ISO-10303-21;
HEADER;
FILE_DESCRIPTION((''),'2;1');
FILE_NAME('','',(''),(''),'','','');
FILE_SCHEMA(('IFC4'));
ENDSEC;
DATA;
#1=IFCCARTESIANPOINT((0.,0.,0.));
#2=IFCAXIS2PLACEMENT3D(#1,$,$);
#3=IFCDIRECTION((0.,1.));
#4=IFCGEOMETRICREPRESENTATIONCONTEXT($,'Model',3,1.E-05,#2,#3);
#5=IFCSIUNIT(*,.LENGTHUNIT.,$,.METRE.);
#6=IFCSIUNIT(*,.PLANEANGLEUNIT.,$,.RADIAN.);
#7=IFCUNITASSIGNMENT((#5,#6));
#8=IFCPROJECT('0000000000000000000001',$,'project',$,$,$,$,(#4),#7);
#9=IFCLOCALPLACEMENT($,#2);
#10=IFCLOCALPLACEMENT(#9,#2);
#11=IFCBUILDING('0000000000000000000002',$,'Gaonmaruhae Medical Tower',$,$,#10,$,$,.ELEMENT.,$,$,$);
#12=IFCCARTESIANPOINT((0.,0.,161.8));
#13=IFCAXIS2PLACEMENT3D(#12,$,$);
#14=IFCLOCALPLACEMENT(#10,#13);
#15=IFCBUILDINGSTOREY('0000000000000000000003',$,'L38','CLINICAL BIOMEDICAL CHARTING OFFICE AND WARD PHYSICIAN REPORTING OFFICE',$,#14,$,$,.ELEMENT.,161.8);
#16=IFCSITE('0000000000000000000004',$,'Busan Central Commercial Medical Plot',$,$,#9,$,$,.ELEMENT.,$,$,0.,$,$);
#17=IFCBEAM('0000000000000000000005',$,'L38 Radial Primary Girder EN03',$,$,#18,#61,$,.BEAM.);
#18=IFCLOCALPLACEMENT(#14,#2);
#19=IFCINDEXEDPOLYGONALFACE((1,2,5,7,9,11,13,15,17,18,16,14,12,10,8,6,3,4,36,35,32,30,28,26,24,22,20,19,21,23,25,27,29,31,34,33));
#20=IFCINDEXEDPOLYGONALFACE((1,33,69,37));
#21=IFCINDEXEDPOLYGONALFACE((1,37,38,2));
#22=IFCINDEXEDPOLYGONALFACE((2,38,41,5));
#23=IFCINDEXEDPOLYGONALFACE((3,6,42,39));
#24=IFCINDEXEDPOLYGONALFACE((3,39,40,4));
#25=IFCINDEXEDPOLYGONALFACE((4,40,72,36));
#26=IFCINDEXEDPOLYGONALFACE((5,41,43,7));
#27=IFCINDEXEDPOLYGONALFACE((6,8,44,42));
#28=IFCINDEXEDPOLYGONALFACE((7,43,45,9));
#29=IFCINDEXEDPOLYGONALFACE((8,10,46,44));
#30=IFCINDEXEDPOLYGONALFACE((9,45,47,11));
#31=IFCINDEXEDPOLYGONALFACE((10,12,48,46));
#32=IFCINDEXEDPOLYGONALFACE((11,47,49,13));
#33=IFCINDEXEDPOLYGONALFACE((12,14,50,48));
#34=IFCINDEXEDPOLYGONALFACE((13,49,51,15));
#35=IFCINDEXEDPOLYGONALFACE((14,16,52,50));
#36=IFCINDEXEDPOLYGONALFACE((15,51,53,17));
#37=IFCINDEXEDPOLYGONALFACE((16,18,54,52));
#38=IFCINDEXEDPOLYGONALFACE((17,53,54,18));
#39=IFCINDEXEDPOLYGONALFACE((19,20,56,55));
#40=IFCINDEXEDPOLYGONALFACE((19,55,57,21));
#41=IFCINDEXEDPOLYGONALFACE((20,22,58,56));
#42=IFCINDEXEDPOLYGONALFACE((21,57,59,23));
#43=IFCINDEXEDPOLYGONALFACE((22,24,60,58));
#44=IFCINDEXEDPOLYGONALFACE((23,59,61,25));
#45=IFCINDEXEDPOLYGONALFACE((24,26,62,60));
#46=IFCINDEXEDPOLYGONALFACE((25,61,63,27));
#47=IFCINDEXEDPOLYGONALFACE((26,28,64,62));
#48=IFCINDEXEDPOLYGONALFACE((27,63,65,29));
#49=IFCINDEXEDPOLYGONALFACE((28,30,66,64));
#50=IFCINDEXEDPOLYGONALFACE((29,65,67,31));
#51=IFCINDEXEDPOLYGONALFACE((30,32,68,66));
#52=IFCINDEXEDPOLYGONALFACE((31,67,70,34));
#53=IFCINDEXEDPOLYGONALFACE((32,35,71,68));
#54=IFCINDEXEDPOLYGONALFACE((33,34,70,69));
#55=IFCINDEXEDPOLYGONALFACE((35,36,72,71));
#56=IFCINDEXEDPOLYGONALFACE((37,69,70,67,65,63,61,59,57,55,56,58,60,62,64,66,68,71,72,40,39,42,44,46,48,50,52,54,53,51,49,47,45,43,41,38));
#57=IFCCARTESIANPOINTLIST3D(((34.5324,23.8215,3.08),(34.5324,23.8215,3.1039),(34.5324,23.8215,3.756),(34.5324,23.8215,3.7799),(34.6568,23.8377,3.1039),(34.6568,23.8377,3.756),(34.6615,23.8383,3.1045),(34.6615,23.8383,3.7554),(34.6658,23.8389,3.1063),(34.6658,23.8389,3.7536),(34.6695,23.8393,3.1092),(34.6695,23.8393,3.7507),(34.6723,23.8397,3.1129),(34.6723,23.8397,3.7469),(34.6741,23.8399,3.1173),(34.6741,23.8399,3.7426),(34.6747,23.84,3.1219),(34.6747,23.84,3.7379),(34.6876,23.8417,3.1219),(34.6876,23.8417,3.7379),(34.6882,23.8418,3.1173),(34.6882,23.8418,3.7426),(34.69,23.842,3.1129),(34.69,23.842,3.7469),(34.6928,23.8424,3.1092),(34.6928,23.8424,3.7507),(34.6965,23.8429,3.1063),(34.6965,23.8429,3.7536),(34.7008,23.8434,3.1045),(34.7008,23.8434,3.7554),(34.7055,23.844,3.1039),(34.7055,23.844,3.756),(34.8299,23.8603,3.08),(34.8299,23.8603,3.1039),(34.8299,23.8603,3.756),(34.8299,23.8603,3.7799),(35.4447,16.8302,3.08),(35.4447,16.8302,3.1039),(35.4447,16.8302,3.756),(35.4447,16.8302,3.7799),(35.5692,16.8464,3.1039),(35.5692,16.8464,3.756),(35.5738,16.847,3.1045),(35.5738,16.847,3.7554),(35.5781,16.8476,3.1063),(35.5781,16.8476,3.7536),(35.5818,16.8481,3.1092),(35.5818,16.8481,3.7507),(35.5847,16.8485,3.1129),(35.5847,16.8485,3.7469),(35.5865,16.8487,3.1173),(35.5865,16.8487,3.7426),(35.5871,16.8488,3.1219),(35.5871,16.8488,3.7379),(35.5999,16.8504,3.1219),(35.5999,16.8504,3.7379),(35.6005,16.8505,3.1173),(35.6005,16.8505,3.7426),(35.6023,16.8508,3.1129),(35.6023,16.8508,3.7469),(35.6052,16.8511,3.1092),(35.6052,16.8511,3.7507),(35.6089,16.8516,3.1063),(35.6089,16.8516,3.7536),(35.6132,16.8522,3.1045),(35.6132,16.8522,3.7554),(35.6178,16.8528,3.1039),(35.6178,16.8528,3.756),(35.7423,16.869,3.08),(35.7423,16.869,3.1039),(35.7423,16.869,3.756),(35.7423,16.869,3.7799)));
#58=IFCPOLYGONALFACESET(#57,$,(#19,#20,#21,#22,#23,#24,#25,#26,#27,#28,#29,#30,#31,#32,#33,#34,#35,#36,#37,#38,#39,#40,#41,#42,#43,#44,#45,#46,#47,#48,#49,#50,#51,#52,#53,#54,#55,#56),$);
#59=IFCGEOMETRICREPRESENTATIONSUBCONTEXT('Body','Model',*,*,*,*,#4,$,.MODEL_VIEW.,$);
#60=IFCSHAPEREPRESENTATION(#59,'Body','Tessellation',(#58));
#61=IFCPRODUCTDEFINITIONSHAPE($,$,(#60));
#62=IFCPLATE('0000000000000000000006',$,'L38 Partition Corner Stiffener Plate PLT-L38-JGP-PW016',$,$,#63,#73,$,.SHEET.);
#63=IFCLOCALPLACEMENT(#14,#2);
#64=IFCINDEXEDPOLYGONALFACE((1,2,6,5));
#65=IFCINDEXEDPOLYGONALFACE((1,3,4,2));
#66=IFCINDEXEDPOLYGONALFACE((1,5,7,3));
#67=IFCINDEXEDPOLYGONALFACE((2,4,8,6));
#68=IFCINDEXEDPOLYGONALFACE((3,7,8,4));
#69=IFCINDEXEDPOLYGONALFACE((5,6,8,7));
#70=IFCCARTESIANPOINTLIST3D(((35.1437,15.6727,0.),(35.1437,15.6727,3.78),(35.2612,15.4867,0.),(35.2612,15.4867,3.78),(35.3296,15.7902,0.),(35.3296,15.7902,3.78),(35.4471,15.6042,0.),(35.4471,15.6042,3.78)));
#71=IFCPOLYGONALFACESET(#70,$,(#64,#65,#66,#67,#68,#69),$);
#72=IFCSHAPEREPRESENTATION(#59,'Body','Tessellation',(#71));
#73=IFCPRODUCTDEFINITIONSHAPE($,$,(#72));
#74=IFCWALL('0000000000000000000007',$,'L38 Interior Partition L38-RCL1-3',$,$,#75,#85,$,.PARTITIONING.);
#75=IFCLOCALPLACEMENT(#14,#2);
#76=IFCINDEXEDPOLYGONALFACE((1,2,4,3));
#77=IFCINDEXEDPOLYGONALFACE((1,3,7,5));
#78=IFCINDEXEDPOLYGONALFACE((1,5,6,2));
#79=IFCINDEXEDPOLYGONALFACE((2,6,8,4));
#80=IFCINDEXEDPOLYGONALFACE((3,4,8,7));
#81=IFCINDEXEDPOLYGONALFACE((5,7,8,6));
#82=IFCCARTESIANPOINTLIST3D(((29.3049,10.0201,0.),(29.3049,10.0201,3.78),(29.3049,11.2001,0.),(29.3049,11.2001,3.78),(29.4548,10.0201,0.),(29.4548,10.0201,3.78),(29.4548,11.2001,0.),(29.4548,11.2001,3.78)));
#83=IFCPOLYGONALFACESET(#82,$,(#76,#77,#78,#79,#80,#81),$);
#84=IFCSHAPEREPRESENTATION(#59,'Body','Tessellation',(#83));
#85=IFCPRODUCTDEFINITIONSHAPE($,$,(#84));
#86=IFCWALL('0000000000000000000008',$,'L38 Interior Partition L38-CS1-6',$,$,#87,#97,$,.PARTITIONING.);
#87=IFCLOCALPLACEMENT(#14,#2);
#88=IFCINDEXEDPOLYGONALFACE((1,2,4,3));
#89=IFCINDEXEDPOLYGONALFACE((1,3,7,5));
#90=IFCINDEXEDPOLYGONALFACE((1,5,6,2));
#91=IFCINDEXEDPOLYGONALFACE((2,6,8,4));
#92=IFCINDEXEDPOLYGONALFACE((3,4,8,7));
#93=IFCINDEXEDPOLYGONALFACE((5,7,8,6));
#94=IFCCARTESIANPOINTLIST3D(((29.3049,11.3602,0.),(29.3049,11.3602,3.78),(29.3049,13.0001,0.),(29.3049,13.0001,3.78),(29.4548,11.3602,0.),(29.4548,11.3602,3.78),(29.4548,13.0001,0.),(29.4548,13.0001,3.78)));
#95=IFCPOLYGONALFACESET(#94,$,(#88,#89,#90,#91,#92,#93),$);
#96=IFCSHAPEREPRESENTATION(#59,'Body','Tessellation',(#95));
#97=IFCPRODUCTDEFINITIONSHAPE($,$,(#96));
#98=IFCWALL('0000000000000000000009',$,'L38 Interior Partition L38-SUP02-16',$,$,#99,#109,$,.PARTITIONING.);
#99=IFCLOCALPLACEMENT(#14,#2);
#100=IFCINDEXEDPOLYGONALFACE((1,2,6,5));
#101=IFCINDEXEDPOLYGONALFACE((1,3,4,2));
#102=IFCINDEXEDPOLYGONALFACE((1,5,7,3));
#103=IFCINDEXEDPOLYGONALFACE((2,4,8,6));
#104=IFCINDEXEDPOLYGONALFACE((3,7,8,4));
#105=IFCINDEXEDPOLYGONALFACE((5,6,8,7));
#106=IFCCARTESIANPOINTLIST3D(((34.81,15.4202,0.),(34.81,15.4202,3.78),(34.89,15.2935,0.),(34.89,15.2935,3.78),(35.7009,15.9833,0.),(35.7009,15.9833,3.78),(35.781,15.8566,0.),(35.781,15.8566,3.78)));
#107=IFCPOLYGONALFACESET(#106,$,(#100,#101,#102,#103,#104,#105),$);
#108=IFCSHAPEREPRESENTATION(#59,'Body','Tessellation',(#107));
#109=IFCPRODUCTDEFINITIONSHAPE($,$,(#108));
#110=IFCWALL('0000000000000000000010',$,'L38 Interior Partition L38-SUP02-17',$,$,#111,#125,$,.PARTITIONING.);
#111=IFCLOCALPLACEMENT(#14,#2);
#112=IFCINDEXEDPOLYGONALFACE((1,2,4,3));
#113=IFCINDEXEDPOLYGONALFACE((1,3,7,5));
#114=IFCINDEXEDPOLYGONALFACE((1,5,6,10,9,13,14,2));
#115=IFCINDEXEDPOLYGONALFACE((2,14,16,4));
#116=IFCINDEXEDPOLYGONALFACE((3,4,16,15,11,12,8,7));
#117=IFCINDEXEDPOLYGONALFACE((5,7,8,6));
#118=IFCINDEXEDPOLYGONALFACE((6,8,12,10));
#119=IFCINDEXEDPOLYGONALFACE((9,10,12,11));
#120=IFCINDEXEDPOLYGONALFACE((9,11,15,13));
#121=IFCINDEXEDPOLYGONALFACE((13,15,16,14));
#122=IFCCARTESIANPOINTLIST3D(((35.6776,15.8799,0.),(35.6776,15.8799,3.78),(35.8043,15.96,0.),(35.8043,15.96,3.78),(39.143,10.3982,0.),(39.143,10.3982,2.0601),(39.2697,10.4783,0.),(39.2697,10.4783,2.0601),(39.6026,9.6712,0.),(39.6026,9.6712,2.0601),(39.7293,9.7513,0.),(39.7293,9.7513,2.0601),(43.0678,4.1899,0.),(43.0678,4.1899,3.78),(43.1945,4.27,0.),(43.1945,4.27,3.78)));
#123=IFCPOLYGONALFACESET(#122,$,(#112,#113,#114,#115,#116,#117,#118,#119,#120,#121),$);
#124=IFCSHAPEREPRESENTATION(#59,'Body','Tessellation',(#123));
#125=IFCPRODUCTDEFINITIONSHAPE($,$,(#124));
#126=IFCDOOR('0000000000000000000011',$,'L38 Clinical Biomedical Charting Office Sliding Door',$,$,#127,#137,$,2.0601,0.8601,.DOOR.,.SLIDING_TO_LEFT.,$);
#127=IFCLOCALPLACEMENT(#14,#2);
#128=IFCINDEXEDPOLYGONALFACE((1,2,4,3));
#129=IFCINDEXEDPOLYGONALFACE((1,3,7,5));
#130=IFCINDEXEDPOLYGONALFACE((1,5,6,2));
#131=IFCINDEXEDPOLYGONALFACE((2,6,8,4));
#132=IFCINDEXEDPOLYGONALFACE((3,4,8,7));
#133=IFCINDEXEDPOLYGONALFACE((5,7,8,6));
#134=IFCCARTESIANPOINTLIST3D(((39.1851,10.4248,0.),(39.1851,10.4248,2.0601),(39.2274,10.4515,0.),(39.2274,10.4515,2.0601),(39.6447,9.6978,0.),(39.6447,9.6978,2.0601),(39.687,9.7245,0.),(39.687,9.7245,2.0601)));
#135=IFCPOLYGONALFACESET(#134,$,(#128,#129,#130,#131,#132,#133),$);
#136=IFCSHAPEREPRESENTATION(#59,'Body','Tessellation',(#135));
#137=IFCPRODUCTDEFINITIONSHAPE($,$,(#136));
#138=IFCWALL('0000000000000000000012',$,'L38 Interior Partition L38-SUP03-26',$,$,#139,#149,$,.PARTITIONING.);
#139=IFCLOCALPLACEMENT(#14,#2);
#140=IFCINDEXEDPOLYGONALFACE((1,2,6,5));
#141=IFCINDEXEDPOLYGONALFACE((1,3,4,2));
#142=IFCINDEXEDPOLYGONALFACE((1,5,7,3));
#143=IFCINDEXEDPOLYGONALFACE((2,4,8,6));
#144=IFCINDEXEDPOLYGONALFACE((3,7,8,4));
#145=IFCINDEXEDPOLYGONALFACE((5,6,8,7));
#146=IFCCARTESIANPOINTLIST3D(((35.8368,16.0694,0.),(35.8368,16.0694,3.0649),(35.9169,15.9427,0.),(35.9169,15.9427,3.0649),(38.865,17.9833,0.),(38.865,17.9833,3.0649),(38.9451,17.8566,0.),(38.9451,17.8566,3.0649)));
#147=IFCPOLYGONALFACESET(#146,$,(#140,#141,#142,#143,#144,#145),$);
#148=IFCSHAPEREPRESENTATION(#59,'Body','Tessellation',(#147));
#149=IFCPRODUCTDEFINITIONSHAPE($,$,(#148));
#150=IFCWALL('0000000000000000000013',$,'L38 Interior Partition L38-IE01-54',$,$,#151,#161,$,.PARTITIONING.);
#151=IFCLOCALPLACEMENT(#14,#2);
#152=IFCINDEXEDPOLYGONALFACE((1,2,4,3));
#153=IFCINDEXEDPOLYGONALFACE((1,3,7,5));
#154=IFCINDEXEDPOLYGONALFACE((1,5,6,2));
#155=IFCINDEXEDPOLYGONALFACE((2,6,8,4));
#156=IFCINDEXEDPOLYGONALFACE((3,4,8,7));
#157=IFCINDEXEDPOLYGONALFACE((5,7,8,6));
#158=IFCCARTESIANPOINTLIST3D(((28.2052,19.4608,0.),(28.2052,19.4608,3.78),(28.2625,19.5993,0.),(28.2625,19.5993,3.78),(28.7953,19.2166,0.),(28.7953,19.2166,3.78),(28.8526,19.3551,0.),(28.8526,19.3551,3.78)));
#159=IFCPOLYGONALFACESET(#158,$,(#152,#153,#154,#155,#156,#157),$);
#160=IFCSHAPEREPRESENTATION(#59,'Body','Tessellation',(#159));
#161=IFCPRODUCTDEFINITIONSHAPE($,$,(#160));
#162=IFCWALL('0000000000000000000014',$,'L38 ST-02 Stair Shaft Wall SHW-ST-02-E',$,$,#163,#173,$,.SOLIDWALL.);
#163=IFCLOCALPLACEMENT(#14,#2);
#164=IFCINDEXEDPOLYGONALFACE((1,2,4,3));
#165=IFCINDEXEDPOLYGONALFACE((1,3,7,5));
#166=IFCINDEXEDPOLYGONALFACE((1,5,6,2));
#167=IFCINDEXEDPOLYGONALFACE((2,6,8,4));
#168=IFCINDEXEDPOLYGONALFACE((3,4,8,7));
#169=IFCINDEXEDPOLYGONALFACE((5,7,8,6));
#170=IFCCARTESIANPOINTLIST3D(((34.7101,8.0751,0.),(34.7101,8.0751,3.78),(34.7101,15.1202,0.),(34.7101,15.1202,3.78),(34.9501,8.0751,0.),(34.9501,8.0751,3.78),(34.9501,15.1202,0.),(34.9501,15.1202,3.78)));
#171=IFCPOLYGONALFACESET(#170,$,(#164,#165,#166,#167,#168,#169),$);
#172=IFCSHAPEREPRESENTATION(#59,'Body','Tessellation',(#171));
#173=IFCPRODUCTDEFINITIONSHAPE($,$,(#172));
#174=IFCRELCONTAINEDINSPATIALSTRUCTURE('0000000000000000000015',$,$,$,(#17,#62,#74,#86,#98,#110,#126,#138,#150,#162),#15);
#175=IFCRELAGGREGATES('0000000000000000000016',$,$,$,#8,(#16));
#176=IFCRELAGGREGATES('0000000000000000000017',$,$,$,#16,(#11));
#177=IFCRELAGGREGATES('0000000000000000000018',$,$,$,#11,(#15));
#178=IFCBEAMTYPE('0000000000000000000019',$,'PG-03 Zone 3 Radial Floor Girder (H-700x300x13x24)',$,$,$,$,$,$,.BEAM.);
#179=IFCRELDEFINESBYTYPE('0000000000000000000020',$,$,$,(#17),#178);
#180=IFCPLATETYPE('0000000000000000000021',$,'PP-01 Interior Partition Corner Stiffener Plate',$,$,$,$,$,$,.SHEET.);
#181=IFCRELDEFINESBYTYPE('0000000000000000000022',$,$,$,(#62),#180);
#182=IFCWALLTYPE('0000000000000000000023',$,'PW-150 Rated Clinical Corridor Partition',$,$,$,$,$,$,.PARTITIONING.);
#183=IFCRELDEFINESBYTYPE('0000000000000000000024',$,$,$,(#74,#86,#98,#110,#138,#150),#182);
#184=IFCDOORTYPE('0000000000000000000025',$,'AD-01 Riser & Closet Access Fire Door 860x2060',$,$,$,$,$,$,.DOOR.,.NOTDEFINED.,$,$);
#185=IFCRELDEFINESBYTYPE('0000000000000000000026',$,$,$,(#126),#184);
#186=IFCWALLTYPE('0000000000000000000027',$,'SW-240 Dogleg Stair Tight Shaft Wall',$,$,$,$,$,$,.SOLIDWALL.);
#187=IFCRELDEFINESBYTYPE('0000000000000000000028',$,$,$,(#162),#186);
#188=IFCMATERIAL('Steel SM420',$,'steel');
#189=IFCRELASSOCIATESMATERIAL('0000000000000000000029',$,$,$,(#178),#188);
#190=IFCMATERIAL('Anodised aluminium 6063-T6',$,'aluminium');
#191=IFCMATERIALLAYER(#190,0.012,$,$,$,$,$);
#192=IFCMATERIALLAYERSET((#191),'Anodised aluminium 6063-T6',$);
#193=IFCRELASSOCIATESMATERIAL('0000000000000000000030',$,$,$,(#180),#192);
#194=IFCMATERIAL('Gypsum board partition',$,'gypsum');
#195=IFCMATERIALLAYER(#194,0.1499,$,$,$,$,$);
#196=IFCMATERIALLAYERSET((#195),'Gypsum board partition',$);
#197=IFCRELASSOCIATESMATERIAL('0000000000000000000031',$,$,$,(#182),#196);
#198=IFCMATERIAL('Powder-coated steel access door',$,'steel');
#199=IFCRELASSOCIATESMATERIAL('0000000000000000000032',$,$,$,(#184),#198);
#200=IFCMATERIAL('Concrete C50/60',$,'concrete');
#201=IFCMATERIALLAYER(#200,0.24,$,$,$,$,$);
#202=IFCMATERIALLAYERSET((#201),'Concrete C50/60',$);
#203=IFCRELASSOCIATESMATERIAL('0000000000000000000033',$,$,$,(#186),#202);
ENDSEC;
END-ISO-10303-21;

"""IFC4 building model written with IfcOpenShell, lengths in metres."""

from ifc_helpers import new_model, si_unit, direction, frame, frame_2d, origin, origin_2d, place, context, subcontext, project, spatial, rectangle, i_section, extrude, material, layer, layer_set, material_profile, profile_set, type_object, element, fill, save


model = new_model("IFC4")

# Units and contexts
model_context = context("Model", 3, precision=1e-05, world=origin(), true_north=direction((0.0, 1.0)))
body_context = subcontext(model_context, "Body", "Model", "MODEL_VIEW")
ifc_project = project(units=[si_unit("LENGTHUNIT", "METRE"), si_unit("PLANEANGLEUNIT", "RADIAN")], contexts=[model_context])

# Site, building, storey
site_placement = place(None, origin())
site = spatial("IfcSite", under=ifc_project, at=site_placement, Name="Busan Central Commercial Medical Plot", CompositionType="ELEMENT", RefElevation=0.0)
building_placement = place(site_placement, origin())
building = spatial("IfcBuilding", under=site, at=building_placement, Name="Gaonmaruhae Medical Tower", CompositionType="ELEMENT")
storey_placement = place(building_placement, frame((0.0, 0.0, 161.8)))
storey = spatial("IfcBuildingStorey", under=building, at=storey_placement, Name="L38", Description="CLINICAL BIOMEDICAL CHARTING OFFICE AND WARD PHYSICIAN REPORTING OFFICE", CompositionType="ELEMENT", Elevation=161.8)

# Shared definitions
ifc_material_1 = material(Name="Concrete C50/60", Category="concrete")

# Beam
ifc_material_2 = material(Name="Steel SM420", Category="steel")
ifc_material_profile_1 = material_profile(ifc_material_2, i_section(OverallWidth=0.3, OverallDepth=0.7, WebThickness=0.0129, FlangeThickness=0.0239, FilletRadius=0.0181, at=origin_2d()), Name="H-700x300x13x24")
ifc_profile_set_1 = profile_set([ifc_material_profile_1], Name="Steel SM420")
beam_type = type_object("IfcBeamType", Name="PG-03 Zone 3 Radial Floor Girder (H-700x300x13x24)", PredefinedType="BEAM", material=ifc_profile_set_1)
beam_1_placement = place(storey_placement, frame((35.5935, 16.8496, 3.4299), z_axis=(-0.129403, 0.991592, 0.0), x_axis=(-0.991592, -0.129403, 0.0)))
element("IfcBeam", 1, at=beam_1_placement, inside=storey, type_object=beam_type, Name="L38 Radial Primary Girder EN03", PredefinedType="BEAM", context=body_context, shape_type="SweptSolid", body=[
    extrude(i_section(OverallWidth=0.3, OverallDepth=0.7, WebThickness=0.0129, FlangeThickness=0.0239, FilletRadius=0.0181, at=origin_2d()), origin(), (0.0, 0.0, 1.0), 7.0505),
])

# Plate
ifc_material_3 = material(Name="Anodised aluminium 6063-T6", Category="aluminium")
ifc_layer_1 = layer(ifc_material_3, 0.012)
ifc_layer_set_1 = layer_set([ifc_layer_1], Name="Anodised aluminium 6063-T6")
plate_type = type_object("IfcPlateType", Name="PP-01 Interior Partition Corner Stiffener Plate", PredefinedType="SHEET", material=ifc_layer_set_1)
plate_placement = place(storey_placement, frame((35.2954, 15.6384, 0.0), z_axis=(0.0, 0.0, 1.0), x_axis=(0.845374, 0.534175, 0.0)))
element("IfcPlate", 2, at=plate_placement, inside=storey, type_object=plate_type, Name="L38 Partition Corner Stiffener Plate PLT-L38-JGP-PW016", PredefinedType="SHEET", context=body_context, shape_type="SweptSolid", body=[
    extrude(rectangle(XDim=0.22, YDim=0.22, at=origin_2d()), origin(), (0.0, 0.0, 1.0), 3.78),
])

# Walls
ifc_material_4 = material(Name="Gypsum board partition", Category="gypsum")
ifc_layer_2 = layer(ifc_material_4, 0.1499)
ifc_layer_set_2 = layer_set([ifc_layer_2], Name="Gypsum board partition")
wall_type_1 = type_object("IfcWallType", Name="PW-150 Rated Clinical Corridor Partition", PredefinedType="PARTITIONING", material=ifc_layer_set_2)
wall_1_placement = place(storey_placement, frame((29.3799, 11.2, 0.0), z_axis=(0.0, 0.0, 1.0), x_axis=(0.0, -1.0, 0.0)))
element("IfcWall", 3, at=wall_1_placement, inside=storey, type_object=wall_type_1, Name="L38 Interior Partition L38-RCL1-3", PredefinedType="PARTITIONING", context=body_context, shape_type="SweptSolid", body=[
    extrude(rectangle(XDim=1.1799, YDim=0.1499, at=frame_2d((0.5898, 0.0))), origin(), (0.0, 0.0, 1.0), 3.78),
])
wall_2_placement = place(storey_placement, frame((29.3799, 13.0, 0.0), z_axis=(0.0, 0.0, 1.0), x_axis=(0.0, -1.0, 0.0)))
element("IfcWall", 4, at=wall_2_placement, inside=storey, type_object=wall_type_1, Name="L38 Interior Partition L38-CS1-6", PredefinedType="PARTITIONING", context=body_context, shape_type="SweptSolid", body=[
    extrude(rectangle(XDim=1.6399, YDim=0.1499, at=frame_2d((0.8198, 0.0))), origin(), (0.0, 0.0, 1.0), 3.78),
])
wall_3_placement = place(storey_placement, frame((34.8501, 15.3569, 0.0), z_axis=(0.0, 0.0, 1.0), x_axis=(0.845346, 0.53422, 0.0)))
element("IfcWall", 5, at=wall_3_placement, inside=storey, type_object=wall_type_1, Name="L38 Interior Partition L38-SUP02-16", PredefinedType="PARTITIONING", context=body_context, shape_type="SweptSolid", body=[
    extrude(rectangle(XDim=1.054, YDim=0.1499, at=frame_2d((0.5269, 0.0))), origin(), (0.0, 0.0, 1.0), 3.78),
])

# Wall, opening, door
wall_4_placement = place(storey_placement, frame((35.741, 15.9199, 0.0), z_axis=(0.0, 0.0, 1.0), x_axis=(0.534356, -0.84526, 0.0)))
wall_4 = element("IfcWall", 6, at=wall_4_placement, inside=storey, type_object=wall_type_1, Name="L38 Interior Partition L38-SUP02-17", PredefinedType="PARTITIONING", context=body_context, shape_type="SweptSolid", body=[
    extrude(rectangle(XDim=13.8301, YDim=0.1499, at=frame_2d((6.915, 0.0))), origin(), (0.0, 0.0, 1.0), 3.78),
])
opening_1_placement = place(wall_4_placement, frame((6.4851, 0.0, 0.0)))
opening_1 = element("IfcOpeningElement", 7, at=opening_1_placement, cuts=wall_4, PredefinedType="OPENING", context=body_context, shape_type="SweptSolid", body=[
    extrude(rectangle(XDim=0.8601, YDim=2.0601, at=frame_2d((0.4302, 1.03))), frame((0.0, 0.085, 0.0), z_axis=(0.0, -1.0, 0.0), x_axis=(1.0, 0.0, 0.0)), (0.0, 0.0, 1.0), 0.1699),
])
ifc_material_5 = material(Name="Powder-coated steel access door", Category="steel")
door_type_1 = type_object("IfcDoorType", Name="AD-01 Riser & Closet Access Fire Door 860x2060", OperationType="NOTDEFINED", PredefinedType="DOOR", material=ifc_material_5)
door_1_placement = place(opening_1_placement, origin())
door_1 = element("IfcDoor", 8, at=door_1_placement, inside=storey, type_object=door_type_1, Name="L38 Clinical Biomedical Charting Office Sliding Door", OperationType="SLIDING_TO_LEFT", OverallHeight=2.0601, OverallWidth=0.8601, PredefinedType="DOOR", context=body_context, shape_type="SweptSolid", body=[
    extrude(rectangle(XDim=0.8601, YDim=2.0601, at=frame_2d((0.4302, 1.03))), frame((0.0, 0.0249, 0.0), z_axis=(0.0, -1.0, 0.0), x_axis=(1.0, 0.0, 0.0)), (0.0, 0.0, 1.0), 0.05),
])
fill(opening_1, door_1)

# Walls
wall_5_placement = place(storey_placement, frame((35.877, 16.0061, 0.0), z_axis=(0.0, 0.0, 1.0), x_axis=(0.845319, 0.534262, 0.0)))
element("IfcWall", 9, at=wall_5_placement, inside=storey, type_object=wall_type_1, Name="L38 Interior Partition L38-SUP03-26", PredefinedType="PARTITIONING", context=body_context, shape_type="SweptSolid", body=[
    extrude(rectangle(XDim=3.5823, YDim=0.1499, at=frame_2d((1.791, 0.0))), origin(), (0.0, 0.0, 1.0), 3.0649),
])
wall_6_placement = place(storey_placement, frame((28.824, 19.2859, 0.0), z_axis=(0.0, 0.0, 1.0), x_axis=(-0.924035, 0.382307, 0.0)))
element("IfcWall", 10, at=wall_6_placement, inside=storey, type_object=wall_type_1, Name="L38 Interior Partition L38-IE01-54", PredefinedType="PARTITIONING", context=body_context, shape_type="SweptSolid", body=[
    extrude(rectangle(XDim=0.6387, YDim=0.1499, at=frame_2d((0.3193, 0.0))), origin(), (0.0, 0.0, 1.0), 3.78),
])

# Shared definitions
ifc_layer_3 = layer(ifc_material_1, 0.24)
ifc_layer_set_3 = layer_set([ifc_layer_3], Name="Concrete C50/60")
wall_type_2 = type_object("IfcWallType", Name="SW-240 Dogleg Stair Tight Shaft Wall", PredefinedType="SOLIDWALL", material=ifc_layer_set_3)

# Wall
wall_7_placement = place(storey_placement, frame((34.8301, 15.1201, 0.0), z_axis=(0.0, 0.0, 1.0), x_axis=(0.0, -1.0, 0.0)))
element("IfcWall", 11, at=wall_7_placement, inside=storey, type_object=wall_type_2, Name="L38 ST-02 Stair Shaft Wall SHW-ST-02-E", PredefinedType="SOLIDWALL", context=body_context, shape_type="SweptSolid", body=[
    extrude(rectangle(XDim=7.0452, YDim=0.24, at=frame_2d((3.5225, 0.0))), origin(), (0.0, 0.0, 1.0), 3.78),
])

save(model, "model.ifc")
